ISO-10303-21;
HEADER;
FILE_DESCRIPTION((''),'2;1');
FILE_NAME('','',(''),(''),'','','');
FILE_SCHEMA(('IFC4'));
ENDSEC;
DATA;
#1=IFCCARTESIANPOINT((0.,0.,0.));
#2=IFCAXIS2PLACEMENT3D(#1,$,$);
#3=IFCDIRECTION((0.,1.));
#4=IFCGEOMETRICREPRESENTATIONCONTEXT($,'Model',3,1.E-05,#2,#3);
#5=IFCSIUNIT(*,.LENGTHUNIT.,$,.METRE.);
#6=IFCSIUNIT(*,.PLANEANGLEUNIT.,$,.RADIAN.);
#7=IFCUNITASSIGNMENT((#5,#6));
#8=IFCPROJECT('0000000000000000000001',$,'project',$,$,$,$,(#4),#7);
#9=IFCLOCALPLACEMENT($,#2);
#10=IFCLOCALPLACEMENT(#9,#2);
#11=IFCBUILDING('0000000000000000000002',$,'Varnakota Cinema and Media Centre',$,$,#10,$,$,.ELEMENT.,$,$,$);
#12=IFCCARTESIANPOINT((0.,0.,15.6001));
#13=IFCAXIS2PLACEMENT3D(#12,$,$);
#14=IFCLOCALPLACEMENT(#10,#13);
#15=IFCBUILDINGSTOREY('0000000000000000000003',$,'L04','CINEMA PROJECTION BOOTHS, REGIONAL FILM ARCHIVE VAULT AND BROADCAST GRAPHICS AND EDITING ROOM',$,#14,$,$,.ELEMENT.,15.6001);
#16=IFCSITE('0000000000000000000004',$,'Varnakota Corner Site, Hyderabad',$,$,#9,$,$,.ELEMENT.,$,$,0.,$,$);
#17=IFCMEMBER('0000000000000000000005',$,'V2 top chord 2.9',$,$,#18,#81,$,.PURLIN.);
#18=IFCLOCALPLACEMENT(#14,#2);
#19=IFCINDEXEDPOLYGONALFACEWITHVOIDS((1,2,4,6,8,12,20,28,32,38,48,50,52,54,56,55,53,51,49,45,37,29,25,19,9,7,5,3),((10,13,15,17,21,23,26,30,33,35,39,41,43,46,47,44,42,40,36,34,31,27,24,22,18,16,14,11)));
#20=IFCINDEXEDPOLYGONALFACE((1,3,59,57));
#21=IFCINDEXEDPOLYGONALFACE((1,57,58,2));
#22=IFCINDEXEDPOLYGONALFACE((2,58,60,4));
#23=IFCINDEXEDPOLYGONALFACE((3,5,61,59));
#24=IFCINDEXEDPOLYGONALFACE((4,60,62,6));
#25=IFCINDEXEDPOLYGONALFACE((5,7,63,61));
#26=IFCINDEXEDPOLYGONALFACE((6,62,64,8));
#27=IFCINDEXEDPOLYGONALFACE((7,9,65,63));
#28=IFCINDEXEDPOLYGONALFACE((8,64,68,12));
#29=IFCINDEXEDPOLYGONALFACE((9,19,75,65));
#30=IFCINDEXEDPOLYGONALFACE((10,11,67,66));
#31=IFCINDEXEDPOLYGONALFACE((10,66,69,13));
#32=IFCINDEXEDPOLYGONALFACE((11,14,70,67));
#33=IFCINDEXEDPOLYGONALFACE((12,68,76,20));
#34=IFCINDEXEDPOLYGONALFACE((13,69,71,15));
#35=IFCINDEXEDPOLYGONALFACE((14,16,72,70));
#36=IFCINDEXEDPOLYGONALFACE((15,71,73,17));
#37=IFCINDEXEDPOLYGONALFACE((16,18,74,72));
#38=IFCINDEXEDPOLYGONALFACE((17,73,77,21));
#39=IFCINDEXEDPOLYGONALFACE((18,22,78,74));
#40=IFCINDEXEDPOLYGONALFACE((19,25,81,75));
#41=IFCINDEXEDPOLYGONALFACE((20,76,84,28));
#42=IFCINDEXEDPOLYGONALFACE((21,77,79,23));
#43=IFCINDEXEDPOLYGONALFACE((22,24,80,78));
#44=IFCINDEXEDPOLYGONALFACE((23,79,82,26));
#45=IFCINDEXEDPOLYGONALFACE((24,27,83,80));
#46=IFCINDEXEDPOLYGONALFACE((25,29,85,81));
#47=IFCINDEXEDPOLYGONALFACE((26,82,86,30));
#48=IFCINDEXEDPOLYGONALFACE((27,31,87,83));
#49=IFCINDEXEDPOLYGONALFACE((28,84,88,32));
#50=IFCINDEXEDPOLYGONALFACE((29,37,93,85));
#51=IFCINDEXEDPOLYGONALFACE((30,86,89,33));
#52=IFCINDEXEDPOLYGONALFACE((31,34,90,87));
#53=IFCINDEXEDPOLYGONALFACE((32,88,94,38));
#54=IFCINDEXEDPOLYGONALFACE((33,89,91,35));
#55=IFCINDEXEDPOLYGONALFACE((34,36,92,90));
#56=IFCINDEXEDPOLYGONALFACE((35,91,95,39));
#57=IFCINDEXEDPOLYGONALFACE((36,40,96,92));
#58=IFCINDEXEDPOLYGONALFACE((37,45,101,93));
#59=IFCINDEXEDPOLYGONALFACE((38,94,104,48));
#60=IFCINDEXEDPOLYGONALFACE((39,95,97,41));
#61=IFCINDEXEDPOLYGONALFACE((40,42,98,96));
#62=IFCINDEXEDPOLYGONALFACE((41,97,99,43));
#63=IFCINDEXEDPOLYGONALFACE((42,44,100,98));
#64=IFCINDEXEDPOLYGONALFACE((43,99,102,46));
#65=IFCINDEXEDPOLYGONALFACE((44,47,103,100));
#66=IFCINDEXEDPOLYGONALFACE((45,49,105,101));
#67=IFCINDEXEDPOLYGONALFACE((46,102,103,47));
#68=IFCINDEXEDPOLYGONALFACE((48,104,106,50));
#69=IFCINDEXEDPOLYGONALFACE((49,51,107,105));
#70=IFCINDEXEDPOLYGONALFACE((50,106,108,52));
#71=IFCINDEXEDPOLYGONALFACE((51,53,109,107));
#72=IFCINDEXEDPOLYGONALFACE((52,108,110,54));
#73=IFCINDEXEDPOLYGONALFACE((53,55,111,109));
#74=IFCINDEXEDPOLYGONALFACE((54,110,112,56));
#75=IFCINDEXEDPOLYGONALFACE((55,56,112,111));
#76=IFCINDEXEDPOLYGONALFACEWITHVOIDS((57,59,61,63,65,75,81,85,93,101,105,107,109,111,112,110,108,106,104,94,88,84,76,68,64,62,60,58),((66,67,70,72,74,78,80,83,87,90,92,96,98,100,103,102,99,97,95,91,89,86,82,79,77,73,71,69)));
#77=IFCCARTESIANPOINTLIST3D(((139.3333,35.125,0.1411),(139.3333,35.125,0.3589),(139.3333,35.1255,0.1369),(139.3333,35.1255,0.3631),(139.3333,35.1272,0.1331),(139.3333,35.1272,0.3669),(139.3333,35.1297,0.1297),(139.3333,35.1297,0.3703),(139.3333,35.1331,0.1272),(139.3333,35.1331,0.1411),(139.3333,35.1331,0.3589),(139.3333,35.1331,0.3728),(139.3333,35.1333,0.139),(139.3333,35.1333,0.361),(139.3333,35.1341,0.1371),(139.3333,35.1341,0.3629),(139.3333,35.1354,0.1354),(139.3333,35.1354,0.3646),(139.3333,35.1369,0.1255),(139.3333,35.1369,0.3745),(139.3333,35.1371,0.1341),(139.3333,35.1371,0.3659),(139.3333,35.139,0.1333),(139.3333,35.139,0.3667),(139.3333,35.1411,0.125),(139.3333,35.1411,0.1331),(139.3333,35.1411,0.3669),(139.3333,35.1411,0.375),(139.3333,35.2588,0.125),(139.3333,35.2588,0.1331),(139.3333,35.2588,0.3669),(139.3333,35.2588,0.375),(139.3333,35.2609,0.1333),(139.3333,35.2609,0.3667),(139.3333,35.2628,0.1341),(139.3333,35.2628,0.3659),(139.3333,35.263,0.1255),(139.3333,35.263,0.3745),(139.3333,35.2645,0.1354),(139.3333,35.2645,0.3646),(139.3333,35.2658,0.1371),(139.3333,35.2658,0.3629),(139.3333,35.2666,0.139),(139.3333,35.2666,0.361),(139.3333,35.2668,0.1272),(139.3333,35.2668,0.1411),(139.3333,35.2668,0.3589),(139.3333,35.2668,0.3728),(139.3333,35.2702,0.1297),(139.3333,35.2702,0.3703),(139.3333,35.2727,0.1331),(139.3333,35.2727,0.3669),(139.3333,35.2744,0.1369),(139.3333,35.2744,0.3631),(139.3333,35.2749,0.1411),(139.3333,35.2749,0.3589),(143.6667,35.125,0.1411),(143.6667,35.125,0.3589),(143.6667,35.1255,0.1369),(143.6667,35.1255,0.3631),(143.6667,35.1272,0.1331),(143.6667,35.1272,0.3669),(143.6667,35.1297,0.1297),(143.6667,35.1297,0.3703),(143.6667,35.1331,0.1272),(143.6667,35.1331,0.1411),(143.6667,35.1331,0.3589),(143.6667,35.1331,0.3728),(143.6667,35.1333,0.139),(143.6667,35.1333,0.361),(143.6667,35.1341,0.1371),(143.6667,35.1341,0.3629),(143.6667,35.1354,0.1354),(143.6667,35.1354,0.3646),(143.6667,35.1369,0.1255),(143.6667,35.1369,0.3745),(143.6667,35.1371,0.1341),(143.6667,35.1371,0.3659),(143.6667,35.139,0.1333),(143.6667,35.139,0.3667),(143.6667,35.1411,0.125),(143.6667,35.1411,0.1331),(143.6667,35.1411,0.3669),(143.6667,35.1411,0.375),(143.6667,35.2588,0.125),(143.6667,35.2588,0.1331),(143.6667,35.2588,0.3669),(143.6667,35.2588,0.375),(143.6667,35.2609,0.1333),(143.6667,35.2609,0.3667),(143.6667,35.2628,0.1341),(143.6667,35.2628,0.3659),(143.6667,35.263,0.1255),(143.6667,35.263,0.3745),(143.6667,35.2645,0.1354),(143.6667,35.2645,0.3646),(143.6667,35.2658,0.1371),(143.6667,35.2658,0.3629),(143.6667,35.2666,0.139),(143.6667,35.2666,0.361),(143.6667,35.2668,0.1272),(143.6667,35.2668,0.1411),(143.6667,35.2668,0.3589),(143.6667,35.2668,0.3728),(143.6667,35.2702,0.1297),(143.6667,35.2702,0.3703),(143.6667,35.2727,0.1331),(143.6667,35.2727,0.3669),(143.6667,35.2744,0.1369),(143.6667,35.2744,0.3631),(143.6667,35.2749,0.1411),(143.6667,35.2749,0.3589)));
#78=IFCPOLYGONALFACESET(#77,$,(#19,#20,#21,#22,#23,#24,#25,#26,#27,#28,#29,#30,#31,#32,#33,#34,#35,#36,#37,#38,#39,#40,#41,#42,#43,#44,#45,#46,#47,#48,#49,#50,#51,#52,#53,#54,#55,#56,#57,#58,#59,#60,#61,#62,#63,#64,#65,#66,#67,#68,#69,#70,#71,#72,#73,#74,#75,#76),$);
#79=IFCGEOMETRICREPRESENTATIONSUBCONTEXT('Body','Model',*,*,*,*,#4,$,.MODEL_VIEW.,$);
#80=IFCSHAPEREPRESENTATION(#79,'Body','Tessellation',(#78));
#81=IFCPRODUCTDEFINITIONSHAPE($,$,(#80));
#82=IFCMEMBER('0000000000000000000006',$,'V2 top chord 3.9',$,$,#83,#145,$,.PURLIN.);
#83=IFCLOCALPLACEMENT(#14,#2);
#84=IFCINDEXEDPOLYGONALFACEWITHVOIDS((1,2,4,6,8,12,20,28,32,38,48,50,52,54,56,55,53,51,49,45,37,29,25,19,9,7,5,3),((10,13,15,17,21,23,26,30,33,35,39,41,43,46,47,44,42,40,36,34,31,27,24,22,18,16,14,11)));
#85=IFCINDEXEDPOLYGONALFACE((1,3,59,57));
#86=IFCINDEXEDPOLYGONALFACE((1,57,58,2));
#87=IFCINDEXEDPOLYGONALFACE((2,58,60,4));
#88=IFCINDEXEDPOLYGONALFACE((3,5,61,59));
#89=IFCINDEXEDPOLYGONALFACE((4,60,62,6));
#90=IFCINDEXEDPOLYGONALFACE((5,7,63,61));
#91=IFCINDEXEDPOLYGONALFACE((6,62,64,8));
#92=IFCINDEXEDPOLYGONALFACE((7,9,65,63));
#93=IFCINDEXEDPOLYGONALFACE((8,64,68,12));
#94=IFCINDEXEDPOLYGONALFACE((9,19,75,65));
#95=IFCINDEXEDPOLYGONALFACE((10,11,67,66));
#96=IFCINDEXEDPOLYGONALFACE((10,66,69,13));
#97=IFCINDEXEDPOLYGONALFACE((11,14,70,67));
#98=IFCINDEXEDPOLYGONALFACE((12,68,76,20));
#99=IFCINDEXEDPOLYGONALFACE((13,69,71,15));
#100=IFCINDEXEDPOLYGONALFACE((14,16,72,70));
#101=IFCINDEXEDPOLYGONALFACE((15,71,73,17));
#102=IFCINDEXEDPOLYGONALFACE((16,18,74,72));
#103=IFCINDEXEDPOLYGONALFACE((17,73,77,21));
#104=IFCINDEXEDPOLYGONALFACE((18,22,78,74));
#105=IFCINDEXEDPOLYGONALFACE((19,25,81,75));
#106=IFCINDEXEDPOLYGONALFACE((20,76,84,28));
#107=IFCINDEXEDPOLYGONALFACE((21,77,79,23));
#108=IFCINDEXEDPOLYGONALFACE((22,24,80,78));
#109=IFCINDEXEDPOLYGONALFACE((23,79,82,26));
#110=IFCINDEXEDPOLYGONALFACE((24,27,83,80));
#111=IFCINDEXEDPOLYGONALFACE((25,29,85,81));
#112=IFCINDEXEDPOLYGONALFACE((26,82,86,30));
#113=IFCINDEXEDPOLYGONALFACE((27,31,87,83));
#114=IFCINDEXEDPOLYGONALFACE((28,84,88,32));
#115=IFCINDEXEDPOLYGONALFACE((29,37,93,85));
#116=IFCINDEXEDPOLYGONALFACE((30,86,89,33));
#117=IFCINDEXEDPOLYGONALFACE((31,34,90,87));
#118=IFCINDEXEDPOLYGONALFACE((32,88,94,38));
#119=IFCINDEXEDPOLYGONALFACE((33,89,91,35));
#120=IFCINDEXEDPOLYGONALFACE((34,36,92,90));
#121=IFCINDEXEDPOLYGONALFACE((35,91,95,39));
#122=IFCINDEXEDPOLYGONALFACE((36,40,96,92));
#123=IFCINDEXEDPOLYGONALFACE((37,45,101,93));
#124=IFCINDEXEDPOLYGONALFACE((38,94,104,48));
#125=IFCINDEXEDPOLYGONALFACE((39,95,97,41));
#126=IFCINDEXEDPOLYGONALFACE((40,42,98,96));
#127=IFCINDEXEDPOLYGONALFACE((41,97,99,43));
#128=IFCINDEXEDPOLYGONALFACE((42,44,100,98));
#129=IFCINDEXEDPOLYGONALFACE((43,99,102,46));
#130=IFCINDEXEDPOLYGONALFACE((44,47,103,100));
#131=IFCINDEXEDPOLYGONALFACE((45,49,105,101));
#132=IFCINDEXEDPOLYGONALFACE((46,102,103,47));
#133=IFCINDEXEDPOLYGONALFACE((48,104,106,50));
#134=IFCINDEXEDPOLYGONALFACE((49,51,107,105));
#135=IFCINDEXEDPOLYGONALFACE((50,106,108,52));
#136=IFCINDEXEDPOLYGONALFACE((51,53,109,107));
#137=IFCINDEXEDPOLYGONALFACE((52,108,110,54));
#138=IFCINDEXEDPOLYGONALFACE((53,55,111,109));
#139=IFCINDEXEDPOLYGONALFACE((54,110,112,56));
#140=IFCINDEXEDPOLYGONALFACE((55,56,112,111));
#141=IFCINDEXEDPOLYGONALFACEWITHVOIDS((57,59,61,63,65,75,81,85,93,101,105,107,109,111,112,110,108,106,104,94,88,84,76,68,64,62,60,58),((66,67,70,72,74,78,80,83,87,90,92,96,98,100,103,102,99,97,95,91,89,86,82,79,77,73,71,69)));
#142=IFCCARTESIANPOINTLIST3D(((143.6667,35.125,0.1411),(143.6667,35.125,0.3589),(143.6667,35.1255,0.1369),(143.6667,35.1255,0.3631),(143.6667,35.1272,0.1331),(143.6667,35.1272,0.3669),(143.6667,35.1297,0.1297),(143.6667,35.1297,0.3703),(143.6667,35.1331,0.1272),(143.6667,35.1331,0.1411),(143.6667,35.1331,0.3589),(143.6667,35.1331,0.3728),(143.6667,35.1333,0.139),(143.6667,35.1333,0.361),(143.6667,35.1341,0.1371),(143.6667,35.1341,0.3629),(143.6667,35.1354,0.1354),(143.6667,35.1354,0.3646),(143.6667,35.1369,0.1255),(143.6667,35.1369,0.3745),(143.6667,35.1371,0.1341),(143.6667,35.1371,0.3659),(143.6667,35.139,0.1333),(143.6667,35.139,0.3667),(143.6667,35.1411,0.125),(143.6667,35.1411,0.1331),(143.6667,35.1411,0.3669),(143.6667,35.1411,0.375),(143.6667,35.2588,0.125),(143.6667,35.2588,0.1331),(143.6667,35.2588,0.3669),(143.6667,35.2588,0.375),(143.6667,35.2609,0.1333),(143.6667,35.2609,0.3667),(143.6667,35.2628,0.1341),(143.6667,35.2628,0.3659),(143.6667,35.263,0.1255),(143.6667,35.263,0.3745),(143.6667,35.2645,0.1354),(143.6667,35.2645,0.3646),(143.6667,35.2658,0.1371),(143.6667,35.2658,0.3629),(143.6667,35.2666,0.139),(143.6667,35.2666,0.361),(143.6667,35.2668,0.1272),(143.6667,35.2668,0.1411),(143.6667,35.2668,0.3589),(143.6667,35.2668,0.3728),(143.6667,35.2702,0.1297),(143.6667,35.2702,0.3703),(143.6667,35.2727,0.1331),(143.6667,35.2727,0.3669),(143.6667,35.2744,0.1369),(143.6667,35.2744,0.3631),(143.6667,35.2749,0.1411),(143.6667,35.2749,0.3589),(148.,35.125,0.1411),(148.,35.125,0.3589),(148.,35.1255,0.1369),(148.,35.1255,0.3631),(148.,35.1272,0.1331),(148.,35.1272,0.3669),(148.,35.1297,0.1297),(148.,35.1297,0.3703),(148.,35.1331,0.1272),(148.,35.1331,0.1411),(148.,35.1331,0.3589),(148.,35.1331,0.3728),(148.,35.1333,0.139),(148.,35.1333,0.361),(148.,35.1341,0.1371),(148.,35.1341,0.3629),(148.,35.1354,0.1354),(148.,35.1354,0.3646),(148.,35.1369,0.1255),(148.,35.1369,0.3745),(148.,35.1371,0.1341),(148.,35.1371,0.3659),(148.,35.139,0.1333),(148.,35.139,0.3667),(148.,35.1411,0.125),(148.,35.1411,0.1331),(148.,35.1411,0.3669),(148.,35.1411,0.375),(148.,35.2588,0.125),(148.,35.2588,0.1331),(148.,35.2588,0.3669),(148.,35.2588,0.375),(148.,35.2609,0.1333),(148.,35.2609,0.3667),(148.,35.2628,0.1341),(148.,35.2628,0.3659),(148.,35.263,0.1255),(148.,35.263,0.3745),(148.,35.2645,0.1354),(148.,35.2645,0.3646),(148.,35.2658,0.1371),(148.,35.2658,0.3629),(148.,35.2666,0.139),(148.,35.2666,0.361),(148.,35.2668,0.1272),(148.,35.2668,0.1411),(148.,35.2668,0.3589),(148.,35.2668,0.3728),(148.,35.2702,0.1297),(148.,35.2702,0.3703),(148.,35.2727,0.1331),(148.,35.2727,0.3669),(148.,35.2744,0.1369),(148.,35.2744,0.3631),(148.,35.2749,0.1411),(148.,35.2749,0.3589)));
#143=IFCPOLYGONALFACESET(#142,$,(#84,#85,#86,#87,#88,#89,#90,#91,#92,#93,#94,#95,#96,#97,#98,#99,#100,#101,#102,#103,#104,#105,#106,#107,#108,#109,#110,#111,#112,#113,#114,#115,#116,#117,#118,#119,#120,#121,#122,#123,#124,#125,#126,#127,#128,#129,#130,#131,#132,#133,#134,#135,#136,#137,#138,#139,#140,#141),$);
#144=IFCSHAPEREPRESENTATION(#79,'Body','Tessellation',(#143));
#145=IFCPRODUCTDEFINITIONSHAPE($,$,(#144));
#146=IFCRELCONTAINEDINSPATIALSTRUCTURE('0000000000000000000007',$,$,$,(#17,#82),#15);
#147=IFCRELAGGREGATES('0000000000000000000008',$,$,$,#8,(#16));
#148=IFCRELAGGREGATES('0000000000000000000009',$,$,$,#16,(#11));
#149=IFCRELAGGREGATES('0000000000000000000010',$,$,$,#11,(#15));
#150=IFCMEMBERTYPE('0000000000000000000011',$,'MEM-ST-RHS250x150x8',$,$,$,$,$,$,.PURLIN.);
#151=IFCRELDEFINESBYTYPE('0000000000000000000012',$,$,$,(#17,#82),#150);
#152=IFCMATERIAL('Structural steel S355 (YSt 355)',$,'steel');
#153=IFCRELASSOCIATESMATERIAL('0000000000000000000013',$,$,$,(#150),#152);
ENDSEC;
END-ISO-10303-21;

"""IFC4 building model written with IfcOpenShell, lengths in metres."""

from ifc_helpers import new_model, si_unit, direction, frame, origin, origin_2d, place, context, subcontext, project, spatial, hollow_rectangle, extrude, material, material_profile, profile_set, type_object, element, save


model = new_model("IFC4")

# Units and contexts
model_context = context("Model", 3, precision=1e-05, world=origin(), true_north=direction((0.0, 1.0)))
body_context = subcontext(model_context, "Body", "Model", "MODEL_VIEW")
ifc_project = project(units=[si_unit("LENGTHUNIT", "METRE"), si_unit("PLANEANGLEUNIT", "RADIAN")], contexts=[model_context])

# Site, building, storey
site_placement = place(None, origin())
site = spatial("IfcSite", under=ifc_project, at=site_placement, Name="Varnakota Corner Site, Hyderabad", CompositionType="ELEMENT", RefElevation=0.0)
building_placement = place(site_placement, origin())
building = spatial("IfcBuilding", under=site, at=building_placement, Name="Varnakota Cinema and Media Centre", CompositionType="ELEMENT")
storey_placement = place(building_placement, frame((0.0, 0.0, 15.6001)))
storey = spatial("IfcBuildingStorey", under=building, at=storey_placement, Name="L04", Description="CINEMA PROJECTION BOOTHS, REGIONAL FILM ARCHIVE VAULT AND BROADCAST GRAPHICS AND EDITING ROOM", CompositionType="ELEMENT", Elevation=15.6001)

# Members
ifc_material_1 = material(Name="Structural steel S355 (YSt 355)", Category="steel")
ifc_material_profile_1 = material_profile(ifc_material_1, hollow_rectangle(XDim=0.1499, YDim=0.25, WallThickness=0.0081, InnerFilletRadius=0.0081, OuterFilletRadius=0.0161, at=origin_2d()), Name="RHS 250x150x8")
ifc_profile_set_1 = profile_set([ifc_material_profile_1], Name="Structural steel S355 (YSt 355)")
member_type_1 = type_object("IfcMemberType", Name="MEM-ST-RHS250x150x8", PredefinedType="PURLIN", material=ifc_profile_set_1)
member_1_placement = place(storey_placement, frame((139.3333, 35.2, 0.25), z_axis=(1.0, 0.0, 0.0), x_axis=(0.0, 1.0, 0.0)))
element("IfcMember", 1, at=member_1_placement, inside=storey, type_object=member_type_1, Name="V2 top chord 2.9", PredefinedType="PURLIN", context=body_context, shape_type="SweptSolid", body=[
    extrude(hollow_rectangle(XDim=0.1499, YDim=0.25, WallThickness=0.0081, InnerFilletRadius=0.0081, OuterFilletRadius=0.0161, at=origin_2d()), origin(), (0.0, 0.0, 1.0), 4.3335),
])
for number, where, z_axis, x_axis, name in (
    (2, (143.6667, 35.2, 0.25), (1.0, 0.0, 0.0), (0.0, 1.0, 0.0), "V2 top chord 3.9"),
):
    element("IfcMember", number, at=place(storey_placement, frame(where, z_axis=z_axis, x_axis=x_axis)), inside=storey, type_object=member_type_1, Name=name, PredefinedType="PURLIN", context=body_context, shape_type="SweptSolid", body=[
        extrude(hollow_rectangle(XDim=0.1499, YDim=0.25, WallThickness=0.0081, InnerFilletRadius=0.0081, OuterFilletRadius=0.0161, at=origin_2d()), origin(), (0.0, 0.0, 1.0), 4.3333),
    ])

save(model, "model.ifc")
